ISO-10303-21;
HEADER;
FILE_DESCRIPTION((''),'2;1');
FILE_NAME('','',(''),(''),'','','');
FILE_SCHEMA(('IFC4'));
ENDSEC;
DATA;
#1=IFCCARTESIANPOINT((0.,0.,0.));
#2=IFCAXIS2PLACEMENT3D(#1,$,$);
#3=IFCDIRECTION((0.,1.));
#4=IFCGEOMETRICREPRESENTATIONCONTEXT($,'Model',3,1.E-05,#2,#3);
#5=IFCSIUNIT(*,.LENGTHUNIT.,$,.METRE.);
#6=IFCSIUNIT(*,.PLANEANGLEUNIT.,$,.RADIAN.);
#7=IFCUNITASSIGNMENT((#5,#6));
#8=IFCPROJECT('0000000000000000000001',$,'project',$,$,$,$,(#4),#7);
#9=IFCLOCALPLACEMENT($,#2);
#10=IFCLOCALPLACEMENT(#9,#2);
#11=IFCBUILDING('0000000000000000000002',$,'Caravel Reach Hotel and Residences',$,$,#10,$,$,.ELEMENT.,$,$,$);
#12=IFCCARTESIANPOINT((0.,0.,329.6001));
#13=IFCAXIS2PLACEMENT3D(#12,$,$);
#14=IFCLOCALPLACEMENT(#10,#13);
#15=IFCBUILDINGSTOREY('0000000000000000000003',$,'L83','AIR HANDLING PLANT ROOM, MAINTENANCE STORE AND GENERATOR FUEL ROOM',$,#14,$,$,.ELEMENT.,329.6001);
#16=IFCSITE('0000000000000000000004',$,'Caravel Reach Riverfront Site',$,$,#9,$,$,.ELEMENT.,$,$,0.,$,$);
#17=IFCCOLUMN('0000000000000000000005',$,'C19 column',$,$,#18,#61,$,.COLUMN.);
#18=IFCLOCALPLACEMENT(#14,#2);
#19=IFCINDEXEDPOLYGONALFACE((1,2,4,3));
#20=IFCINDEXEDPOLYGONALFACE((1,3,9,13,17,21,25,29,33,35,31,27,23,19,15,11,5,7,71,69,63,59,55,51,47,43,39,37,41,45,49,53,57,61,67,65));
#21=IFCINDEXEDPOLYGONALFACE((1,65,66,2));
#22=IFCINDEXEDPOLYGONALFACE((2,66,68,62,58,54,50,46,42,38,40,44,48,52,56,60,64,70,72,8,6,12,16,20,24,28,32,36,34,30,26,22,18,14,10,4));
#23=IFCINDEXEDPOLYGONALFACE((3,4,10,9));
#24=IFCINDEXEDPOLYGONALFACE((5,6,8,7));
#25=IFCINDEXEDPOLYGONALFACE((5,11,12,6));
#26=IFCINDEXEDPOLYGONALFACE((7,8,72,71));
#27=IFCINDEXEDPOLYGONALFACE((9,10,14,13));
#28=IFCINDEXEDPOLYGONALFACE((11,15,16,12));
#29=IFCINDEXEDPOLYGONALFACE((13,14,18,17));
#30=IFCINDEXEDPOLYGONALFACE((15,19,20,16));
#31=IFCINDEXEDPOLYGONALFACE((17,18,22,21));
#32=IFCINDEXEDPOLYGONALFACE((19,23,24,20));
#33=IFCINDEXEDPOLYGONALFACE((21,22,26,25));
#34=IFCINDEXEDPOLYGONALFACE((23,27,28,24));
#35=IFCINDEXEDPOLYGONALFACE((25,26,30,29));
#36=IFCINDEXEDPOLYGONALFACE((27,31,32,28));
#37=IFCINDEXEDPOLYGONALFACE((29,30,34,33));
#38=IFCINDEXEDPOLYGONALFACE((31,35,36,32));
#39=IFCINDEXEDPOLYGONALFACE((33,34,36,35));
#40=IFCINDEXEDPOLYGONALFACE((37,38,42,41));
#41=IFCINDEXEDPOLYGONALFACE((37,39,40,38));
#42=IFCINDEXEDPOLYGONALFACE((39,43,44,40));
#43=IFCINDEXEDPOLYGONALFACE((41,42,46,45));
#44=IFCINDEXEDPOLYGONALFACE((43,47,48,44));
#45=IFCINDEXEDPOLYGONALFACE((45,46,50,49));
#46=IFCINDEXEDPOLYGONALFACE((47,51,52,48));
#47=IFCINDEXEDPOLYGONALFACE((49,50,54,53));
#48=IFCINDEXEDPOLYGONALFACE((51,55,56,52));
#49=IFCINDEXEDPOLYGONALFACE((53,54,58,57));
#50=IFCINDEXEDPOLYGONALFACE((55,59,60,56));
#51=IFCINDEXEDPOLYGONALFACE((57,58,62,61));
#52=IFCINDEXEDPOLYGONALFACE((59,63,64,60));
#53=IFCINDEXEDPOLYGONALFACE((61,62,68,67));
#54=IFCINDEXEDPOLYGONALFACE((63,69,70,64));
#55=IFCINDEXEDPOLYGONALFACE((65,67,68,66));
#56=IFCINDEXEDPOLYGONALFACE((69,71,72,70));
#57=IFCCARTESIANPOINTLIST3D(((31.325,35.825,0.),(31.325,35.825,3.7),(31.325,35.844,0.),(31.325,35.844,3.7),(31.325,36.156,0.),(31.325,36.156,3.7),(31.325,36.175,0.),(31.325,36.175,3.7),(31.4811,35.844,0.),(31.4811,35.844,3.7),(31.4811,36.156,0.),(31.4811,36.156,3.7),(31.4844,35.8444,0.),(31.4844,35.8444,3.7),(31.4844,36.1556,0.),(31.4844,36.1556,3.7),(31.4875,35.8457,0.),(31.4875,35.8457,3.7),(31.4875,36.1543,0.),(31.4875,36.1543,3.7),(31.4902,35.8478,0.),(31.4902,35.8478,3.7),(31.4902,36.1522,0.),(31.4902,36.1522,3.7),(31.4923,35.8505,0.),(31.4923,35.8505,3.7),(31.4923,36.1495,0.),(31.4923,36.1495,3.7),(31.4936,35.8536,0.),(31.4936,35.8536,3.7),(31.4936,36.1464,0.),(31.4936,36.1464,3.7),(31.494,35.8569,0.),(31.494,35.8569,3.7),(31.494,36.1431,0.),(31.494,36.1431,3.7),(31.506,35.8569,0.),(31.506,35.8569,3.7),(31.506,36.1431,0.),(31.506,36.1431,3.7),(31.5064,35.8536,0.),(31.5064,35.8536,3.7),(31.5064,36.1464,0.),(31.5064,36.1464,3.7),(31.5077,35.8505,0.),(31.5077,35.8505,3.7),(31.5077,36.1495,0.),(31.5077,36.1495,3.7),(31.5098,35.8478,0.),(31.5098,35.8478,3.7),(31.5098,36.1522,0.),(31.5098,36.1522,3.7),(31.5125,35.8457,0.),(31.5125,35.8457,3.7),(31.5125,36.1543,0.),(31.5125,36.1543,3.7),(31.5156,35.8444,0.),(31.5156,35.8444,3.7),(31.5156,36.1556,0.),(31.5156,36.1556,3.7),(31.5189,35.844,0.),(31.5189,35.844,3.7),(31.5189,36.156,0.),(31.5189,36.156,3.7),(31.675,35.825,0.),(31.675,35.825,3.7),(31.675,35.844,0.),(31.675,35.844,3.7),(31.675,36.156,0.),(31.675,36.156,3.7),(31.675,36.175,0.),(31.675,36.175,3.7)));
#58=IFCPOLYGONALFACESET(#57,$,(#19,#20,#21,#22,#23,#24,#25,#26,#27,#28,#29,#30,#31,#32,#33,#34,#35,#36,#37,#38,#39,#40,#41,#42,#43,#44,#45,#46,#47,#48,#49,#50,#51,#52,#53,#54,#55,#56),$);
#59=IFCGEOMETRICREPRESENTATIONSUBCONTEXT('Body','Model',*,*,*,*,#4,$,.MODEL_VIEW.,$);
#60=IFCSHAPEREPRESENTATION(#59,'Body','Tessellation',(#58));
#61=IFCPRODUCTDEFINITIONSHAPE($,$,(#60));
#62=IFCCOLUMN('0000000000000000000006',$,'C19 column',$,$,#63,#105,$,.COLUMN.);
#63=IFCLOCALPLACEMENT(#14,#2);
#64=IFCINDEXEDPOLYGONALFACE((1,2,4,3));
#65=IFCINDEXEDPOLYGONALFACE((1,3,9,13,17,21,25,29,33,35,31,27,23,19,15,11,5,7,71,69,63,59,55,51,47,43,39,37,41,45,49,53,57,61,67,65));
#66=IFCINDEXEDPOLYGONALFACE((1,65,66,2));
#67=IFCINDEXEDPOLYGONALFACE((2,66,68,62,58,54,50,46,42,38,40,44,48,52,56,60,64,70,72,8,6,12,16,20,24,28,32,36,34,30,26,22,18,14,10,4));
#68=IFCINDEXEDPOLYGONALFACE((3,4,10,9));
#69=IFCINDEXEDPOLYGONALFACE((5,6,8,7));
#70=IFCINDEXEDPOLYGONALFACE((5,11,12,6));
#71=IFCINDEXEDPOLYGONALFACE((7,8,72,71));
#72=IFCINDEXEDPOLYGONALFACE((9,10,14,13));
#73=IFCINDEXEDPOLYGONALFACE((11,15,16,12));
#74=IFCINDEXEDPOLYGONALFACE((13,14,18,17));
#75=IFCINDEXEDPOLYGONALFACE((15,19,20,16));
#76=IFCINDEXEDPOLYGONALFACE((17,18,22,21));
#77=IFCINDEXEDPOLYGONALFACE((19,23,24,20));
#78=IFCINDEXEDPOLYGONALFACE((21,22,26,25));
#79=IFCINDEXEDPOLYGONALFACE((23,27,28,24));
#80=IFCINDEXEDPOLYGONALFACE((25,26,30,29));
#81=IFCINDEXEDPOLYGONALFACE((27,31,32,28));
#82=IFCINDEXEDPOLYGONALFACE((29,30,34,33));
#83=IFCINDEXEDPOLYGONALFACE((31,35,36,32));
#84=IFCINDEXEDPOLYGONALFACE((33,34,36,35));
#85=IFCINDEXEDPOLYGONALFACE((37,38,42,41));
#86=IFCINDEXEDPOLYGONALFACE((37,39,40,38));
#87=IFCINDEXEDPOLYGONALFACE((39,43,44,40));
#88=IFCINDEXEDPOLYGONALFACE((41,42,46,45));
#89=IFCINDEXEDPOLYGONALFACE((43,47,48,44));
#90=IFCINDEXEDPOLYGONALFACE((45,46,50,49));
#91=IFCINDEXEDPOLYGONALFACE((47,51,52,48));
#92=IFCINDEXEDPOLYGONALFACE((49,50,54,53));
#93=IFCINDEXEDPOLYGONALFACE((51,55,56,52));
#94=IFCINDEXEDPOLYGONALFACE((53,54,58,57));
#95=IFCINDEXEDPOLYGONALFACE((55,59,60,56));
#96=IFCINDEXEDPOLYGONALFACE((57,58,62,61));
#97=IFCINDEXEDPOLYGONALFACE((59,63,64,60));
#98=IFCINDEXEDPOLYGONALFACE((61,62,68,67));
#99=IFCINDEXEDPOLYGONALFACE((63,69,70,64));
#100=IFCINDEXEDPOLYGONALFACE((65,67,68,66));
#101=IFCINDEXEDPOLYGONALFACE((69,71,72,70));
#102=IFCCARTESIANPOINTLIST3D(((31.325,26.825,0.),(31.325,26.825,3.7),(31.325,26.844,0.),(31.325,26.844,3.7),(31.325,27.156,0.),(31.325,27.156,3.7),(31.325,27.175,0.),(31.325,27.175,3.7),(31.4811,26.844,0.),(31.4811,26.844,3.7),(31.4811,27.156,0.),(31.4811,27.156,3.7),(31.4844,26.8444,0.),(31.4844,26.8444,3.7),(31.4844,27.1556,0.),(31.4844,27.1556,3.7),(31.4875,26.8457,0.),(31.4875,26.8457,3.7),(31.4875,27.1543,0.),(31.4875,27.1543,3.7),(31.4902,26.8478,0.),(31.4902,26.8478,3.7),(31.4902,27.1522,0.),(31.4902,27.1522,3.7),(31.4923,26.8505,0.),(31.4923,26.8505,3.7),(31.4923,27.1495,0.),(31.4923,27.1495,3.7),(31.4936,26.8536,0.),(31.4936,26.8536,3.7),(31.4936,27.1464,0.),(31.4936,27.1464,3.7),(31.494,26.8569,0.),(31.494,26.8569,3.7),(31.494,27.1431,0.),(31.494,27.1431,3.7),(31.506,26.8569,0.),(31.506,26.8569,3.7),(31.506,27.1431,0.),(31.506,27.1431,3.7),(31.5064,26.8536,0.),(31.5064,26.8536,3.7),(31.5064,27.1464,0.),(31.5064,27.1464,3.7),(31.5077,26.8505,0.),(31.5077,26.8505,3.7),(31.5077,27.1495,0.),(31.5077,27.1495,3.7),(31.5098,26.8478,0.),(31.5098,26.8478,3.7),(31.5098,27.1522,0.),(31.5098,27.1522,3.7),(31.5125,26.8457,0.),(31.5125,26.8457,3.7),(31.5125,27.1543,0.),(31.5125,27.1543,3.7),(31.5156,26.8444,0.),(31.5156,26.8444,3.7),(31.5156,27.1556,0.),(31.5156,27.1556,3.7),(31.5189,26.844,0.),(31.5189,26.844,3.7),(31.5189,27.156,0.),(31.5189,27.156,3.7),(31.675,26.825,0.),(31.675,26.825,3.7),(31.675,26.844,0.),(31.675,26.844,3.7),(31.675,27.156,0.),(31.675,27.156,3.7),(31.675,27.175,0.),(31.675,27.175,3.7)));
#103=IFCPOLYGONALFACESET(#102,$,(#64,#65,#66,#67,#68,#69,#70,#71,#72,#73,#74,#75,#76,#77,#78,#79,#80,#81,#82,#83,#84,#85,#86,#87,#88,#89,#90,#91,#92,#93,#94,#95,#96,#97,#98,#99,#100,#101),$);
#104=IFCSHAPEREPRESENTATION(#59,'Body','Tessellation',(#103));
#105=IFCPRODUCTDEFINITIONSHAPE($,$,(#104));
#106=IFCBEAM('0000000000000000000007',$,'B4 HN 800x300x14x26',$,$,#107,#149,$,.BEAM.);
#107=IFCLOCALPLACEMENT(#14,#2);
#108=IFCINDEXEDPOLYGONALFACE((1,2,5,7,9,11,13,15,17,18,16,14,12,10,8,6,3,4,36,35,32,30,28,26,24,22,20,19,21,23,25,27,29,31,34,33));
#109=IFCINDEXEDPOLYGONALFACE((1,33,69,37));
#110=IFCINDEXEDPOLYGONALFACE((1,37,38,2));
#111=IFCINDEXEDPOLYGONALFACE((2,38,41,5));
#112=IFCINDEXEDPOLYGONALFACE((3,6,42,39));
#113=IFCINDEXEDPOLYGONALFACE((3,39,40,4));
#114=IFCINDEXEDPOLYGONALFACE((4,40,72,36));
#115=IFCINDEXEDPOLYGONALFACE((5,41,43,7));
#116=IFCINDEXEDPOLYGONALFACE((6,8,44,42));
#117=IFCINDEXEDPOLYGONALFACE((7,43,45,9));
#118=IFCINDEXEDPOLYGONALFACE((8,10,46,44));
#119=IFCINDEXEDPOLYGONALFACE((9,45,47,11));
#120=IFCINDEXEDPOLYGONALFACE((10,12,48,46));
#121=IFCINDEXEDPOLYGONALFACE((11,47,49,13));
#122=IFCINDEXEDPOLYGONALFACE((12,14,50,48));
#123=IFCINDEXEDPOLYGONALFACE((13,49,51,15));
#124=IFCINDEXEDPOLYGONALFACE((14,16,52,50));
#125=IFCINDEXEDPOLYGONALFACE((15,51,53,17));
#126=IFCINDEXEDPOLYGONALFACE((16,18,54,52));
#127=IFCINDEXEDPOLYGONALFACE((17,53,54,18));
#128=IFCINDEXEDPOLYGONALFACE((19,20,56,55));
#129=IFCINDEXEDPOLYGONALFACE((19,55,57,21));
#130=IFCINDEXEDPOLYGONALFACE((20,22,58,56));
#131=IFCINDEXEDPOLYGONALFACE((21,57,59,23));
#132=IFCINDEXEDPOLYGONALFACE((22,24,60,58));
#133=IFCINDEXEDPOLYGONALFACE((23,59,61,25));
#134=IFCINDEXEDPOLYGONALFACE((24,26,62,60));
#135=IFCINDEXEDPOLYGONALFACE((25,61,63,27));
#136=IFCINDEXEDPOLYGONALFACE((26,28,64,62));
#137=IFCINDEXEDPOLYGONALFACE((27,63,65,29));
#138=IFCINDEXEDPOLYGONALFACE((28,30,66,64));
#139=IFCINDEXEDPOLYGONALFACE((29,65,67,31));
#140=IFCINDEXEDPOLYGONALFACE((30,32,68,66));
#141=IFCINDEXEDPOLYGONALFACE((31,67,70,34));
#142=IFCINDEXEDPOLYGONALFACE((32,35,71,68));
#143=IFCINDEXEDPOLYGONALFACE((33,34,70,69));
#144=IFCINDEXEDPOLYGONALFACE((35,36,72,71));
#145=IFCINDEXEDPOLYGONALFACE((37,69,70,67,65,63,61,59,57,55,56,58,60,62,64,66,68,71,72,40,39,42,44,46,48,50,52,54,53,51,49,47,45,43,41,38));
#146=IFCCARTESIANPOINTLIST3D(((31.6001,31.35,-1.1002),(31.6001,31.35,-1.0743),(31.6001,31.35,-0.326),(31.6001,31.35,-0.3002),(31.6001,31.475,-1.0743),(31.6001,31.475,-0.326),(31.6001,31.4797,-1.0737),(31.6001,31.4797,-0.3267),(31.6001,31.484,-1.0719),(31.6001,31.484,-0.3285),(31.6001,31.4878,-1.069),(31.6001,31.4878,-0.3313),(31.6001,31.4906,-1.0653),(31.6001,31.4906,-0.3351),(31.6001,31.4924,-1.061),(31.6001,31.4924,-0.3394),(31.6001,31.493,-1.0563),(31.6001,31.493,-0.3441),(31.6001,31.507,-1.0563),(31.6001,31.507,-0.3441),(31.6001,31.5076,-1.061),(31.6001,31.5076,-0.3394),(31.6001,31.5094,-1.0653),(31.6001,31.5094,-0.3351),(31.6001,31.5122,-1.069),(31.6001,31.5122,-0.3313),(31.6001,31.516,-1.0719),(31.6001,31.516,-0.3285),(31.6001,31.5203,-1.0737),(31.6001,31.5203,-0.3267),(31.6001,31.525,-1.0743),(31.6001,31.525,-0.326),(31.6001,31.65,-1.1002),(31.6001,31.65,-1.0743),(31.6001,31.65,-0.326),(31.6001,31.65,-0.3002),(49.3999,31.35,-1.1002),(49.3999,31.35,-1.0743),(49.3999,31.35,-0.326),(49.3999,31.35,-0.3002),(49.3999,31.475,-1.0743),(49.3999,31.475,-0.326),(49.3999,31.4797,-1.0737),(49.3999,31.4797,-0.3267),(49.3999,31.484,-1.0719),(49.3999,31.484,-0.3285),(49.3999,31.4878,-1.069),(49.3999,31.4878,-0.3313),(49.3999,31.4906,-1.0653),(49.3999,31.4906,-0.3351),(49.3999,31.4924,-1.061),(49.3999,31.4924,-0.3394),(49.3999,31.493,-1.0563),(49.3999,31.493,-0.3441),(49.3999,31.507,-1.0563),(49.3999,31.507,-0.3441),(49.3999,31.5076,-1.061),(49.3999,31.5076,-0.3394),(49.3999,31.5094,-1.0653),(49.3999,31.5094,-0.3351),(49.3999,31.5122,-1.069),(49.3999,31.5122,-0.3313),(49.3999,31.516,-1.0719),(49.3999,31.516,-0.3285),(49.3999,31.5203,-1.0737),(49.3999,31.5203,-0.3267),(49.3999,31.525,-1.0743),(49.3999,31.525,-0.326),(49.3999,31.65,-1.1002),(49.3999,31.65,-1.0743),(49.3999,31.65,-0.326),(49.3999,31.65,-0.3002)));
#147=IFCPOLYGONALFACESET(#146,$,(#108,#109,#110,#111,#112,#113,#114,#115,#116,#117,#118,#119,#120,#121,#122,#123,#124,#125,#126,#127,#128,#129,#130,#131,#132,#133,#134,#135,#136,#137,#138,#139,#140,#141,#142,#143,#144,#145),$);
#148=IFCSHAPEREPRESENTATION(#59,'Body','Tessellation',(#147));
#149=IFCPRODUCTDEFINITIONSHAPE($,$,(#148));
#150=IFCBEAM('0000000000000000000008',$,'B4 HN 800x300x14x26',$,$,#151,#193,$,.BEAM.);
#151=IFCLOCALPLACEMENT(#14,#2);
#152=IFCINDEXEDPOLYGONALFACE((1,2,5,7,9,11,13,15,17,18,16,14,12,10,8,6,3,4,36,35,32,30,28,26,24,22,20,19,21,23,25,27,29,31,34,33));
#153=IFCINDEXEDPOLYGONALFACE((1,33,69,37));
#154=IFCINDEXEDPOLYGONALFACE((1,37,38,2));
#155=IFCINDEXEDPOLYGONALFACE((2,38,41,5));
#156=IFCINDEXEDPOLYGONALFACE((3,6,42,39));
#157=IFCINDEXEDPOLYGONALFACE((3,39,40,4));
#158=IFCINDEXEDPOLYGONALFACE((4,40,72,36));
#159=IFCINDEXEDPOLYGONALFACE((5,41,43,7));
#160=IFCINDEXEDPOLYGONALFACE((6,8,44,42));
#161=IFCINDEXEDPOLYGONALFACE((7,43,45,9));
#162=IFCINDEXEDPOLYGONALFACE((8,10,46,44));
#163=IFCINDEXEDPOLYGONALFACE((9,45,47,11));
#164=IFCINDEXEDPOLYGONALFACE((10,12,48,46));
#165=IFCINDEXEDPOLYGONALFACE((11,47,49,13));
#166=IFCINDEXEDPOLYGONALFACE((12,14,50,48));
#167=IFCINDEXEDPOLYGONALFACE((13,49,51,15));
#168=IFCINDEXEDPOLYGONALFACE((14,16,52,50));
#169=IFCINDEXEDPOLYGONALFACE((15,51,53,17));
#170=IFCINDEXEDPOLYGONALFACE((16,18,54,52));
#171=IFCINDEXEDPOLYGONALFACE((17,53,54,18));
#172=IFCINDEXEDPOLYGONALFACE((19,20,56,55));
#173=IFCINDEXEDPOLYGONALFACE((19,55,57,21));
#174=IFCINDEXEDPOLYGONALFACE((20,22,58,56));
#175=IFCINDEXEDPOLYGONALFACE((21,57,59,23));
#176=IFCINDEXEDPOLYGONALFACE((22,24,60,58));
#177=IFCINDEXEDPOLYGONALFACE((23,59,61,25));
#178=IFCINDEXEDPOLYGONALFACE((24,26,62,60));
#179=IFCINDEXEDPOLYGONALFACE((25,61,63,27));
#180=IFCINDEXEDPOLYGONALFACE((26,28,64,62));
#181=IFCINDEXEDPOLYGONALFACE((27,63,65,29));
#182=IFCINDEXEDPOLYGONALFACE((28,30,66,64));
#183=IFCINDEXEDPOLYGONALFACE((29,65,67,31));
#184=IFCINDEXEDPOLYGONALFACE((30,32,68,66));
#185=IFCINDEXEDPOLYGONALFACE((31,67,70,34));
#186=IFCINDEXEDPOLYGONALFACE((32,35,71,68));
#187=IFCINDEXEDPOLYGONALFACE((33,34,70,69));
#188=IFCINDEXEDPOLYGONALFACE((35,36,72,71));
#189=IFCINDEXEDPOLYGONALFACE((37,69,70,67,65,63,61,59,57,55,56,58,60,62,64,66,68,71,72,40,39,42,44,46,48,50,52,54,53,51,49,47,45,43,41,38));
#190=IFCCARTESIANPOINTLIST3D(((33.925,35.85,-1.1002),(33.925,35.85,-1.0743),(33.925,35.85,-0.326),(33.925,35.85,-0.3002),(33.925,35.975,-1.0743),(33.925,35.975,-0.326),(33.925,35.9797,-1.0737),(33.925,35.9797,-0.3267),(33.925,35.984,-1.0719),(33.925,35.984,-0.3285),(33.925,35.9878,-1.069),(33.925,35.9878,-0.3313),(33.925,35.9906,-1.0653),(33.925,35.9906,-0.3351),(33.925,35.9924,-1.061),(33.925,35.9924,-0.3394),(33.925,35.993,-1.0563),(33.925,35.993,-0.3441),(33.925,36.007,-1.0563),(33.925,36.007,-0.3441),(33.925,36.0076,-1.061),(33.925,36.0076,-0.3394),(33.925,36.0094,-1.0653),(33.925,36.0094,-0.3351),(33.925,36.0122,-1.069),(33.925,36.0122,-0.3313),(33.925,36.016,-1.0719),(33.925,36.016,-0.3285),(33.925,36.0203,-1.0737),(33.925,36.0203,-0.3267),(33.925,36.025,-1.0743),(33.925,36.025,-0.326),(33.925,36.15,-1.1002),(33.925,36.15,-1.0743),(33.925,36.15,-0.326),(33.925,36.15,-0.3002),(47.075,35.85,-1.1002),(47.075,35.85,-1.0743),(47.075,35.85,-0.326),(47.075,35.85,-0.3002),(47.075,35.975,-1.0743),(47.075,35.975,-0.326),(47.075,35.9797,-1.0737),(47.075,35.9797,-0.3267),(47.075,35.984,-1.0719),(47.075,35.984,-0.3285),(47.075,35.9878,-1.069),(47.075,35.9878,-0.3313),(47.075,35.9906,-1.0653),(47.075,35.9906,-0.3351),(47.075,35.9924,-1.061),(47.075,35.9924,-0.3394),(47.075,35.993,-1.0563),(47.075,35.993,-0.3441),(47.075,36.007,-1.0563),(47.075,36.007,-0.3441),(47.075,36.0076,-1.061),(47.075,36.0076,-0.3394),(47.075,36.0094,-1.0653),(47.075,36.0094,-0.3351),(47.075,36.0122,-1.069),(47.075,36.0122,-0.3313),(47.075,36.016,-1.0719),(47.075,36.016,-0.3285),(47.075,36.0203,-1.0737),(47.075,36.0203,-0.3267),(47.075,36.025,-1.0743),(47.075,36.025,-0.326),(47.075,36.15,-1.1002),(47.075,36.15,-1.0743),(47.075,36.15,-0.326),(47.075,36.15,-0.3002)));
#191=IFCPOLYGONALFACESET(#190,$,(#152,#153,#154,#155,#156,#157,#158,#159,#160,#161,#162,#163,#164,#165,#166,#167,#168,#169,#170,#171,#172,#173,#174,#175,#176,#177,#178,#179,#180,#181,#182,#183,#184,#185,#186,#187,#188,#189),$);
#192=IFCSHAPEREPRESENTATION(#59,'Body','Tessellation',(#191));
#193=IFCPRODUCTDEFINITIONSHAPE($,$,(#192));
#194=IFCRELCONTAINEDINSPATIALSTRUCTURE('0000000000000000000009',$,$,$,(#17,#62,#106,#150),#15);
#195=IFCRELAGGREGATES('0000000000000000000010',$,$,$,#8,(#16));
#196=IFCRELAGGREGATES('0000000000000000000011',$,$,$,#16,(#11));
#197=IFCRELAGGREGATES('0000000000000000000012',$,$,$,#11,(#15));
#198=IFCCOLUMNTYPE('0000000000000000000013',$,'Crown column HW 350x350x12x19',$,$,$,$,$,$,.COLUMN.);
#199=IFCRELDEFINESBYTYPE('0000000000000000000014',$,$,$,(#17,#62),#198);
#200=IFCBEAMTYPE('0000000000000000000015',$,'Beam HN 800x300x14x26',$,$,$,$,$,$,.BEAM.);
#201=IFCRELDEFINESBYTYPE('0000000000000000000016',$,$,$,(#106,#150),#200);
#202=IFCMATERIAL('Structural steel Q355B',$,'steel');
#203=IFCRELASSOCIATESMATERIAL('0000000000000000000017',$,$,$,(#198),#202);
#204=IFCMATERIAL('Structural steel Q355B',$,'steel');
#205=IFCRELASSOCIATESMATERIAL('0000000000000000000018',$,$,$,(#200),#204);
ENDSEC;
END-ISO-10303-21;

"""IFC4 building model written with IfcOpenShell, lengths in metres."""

from ifc_helpers import new_model, si_unit, direction, frame, origin, origin_2d, place, context, subcontext, project, spatial, i_section, extrude, material, material_profile, profile_set, type_object, element, save


model = new_model("IFC4")

# Units and contexts
model_context = context("Model", 3, precision=1e-05, world=origin(), true_north=direction((0.0, 1.0)))
body_context = subcontext(model_context, "Body", "Model", "MODEL_VIEW")
ifc_project = project(units=[si_unit("LENGTHUNIT", "METRE"), si_unit("PLANEANGLEUNIT", "RADIAN")], contexts=[model_context])

# Site, building, storey
site_placement = place(None, origin())
site = spatial("IfcSite", under=ifc_project, at=site_placement, Name="Caravel Reach Riverfront Site", CompositionType="ELEMENT", RefElevation=0.0)
building_placement = place(site_placement, origin())
building = spatial("IfcBuilding", under=site, at=building_placement, Name="Caravel Reach Hotel and Residences", CompositionType="ELEMENT")
storey_placement = place(building_placement, frame((0.0, 0.0, 329.6001)))
storey = spatial("IfcBuildingStorey", under=building, at=storey_placement, Name="L83", Description="AIR HANDLING PLANT ROOM, MAINTENANCE STORE AND GENERATOR FUEL ROOM", CompositionType="ELEMENT", Elevation=329.6001)

# Columns
ifc_material_1 = material(Name="Structural steel Q355B", Category="steel")
ifc_material_profile_1 = material_profile(ifc_material_1, i_section(OverallWidth=0.3501, OverallDepth=0.3501, WebThickness=0.012, FlangeThickness=0.019, FilletRadius=0.0129, at=origin_2d()), Name="HW 350x350x12x19")
ifc_profile_set_1 = profile_set([ifc_material_profile_1], Name="Structural steel Q355B")
column_type = type_object("IfcColumnType", Name="Crown column HW 350x350x12x19", PredefinedType="COLUMN", material=ifc_profile_set_1)
for number, where, z_axis, x_axis, name in (
    (1, (31.5, 36.0, 0.0), (0.0, 0.0, 1.0), (1.0, 0.0, 0.0), "C19 column"),
    (2, (31.5, 27.0, 0.0), (0.0, 0.0, 1.0), (1.0, 0.0, 0.0), "C19 column"),
):
    element("IfcColumn", number, at=place(storey_placement, frame(where, z_axis=z_axis, x_axis=x_axis)), inside=storey, type_object=column_type, Name=name, PredefinedType="COLUMN", context=body_context, shape_type="SweptSolid", body=[
        extrude(i_section(OverallWidth=0.3501, OverallDepth=0.3501, WebThickness=0.012, FlangeThickness=0.019, FilletRadius=0.0129, at=origin_2d()), origin(), (0.0, 0.0, 1.0), 3.7),
    ])

# Beams
ifc_material_2 = material(Name="Structural steel Q355B", Category="steel")
ifc_material_profile_2 = material_profile(ifc_material_2, i_section(OverallWidth=0.3, OverallDepth=0.8, WebThickness=0.0139, FlangeThickness=0.0259, FilletRadius=0.0181, at=origin_2d()), Name="HN 800x300x14x26")
ifc_profile_set_2 = profile_set([ifc_material_profile_2], Name="Structural steel Q355B")
beam_type_1 = type_object("IfcBeamType", Name="Beam HN 800x300x14x26", PredefinedType="BEAM", material=ifc_profile_set_2)
beam_1_placement = place(storey_placement, frame((31.6001, 31.5, -0.7002), z_axis=(1.0, 0.0, 0.0), x_axis=(0.0, 1.0, 0.0)))
element("IfcBeam", 3, at=beam_1_placement, inside=storey, type_object=beam_type_1, Name="B4 HN 800x300x14x26", PredefinedType="BEAM", context=body_context, shape_type="SweptSolid", body=[
    extrude(i_section(OverallWidth=0.3, OverallDepth=0.8, WebThickness=0.0139, FlangeThickness=0.0259, FilletRadius=0.0181, at=origin_2d()), origin(), (0.0, 0.0, 1.0), 17.7998),
])
beam_2_placement = place(storey_placement, frame((33.925, 36.0, -0.7002), z_axis=(1.0, 0.0, 0.0), x_axis=(0.0, 1.0, 0.0)))
element("IfcBeam", 4, at=beam_2_placement, inside=storey, type_object=beam_type_1, Name="B4 HN 800x300x14x26", PredefinedType="BEAM", context=body_context, shape_type="SweptSolid", body=[
    extrude(i_section(OverallWidth=0.3, OverallDepth=0.8, WebThickness=0.0139, FlangeThickness=0.0259, FilletRadius=0.0181, at=origin_2d()), origin(), (0.0, 0.0, 1.0), 13.1499),
])

save(model, "model.ifc")
